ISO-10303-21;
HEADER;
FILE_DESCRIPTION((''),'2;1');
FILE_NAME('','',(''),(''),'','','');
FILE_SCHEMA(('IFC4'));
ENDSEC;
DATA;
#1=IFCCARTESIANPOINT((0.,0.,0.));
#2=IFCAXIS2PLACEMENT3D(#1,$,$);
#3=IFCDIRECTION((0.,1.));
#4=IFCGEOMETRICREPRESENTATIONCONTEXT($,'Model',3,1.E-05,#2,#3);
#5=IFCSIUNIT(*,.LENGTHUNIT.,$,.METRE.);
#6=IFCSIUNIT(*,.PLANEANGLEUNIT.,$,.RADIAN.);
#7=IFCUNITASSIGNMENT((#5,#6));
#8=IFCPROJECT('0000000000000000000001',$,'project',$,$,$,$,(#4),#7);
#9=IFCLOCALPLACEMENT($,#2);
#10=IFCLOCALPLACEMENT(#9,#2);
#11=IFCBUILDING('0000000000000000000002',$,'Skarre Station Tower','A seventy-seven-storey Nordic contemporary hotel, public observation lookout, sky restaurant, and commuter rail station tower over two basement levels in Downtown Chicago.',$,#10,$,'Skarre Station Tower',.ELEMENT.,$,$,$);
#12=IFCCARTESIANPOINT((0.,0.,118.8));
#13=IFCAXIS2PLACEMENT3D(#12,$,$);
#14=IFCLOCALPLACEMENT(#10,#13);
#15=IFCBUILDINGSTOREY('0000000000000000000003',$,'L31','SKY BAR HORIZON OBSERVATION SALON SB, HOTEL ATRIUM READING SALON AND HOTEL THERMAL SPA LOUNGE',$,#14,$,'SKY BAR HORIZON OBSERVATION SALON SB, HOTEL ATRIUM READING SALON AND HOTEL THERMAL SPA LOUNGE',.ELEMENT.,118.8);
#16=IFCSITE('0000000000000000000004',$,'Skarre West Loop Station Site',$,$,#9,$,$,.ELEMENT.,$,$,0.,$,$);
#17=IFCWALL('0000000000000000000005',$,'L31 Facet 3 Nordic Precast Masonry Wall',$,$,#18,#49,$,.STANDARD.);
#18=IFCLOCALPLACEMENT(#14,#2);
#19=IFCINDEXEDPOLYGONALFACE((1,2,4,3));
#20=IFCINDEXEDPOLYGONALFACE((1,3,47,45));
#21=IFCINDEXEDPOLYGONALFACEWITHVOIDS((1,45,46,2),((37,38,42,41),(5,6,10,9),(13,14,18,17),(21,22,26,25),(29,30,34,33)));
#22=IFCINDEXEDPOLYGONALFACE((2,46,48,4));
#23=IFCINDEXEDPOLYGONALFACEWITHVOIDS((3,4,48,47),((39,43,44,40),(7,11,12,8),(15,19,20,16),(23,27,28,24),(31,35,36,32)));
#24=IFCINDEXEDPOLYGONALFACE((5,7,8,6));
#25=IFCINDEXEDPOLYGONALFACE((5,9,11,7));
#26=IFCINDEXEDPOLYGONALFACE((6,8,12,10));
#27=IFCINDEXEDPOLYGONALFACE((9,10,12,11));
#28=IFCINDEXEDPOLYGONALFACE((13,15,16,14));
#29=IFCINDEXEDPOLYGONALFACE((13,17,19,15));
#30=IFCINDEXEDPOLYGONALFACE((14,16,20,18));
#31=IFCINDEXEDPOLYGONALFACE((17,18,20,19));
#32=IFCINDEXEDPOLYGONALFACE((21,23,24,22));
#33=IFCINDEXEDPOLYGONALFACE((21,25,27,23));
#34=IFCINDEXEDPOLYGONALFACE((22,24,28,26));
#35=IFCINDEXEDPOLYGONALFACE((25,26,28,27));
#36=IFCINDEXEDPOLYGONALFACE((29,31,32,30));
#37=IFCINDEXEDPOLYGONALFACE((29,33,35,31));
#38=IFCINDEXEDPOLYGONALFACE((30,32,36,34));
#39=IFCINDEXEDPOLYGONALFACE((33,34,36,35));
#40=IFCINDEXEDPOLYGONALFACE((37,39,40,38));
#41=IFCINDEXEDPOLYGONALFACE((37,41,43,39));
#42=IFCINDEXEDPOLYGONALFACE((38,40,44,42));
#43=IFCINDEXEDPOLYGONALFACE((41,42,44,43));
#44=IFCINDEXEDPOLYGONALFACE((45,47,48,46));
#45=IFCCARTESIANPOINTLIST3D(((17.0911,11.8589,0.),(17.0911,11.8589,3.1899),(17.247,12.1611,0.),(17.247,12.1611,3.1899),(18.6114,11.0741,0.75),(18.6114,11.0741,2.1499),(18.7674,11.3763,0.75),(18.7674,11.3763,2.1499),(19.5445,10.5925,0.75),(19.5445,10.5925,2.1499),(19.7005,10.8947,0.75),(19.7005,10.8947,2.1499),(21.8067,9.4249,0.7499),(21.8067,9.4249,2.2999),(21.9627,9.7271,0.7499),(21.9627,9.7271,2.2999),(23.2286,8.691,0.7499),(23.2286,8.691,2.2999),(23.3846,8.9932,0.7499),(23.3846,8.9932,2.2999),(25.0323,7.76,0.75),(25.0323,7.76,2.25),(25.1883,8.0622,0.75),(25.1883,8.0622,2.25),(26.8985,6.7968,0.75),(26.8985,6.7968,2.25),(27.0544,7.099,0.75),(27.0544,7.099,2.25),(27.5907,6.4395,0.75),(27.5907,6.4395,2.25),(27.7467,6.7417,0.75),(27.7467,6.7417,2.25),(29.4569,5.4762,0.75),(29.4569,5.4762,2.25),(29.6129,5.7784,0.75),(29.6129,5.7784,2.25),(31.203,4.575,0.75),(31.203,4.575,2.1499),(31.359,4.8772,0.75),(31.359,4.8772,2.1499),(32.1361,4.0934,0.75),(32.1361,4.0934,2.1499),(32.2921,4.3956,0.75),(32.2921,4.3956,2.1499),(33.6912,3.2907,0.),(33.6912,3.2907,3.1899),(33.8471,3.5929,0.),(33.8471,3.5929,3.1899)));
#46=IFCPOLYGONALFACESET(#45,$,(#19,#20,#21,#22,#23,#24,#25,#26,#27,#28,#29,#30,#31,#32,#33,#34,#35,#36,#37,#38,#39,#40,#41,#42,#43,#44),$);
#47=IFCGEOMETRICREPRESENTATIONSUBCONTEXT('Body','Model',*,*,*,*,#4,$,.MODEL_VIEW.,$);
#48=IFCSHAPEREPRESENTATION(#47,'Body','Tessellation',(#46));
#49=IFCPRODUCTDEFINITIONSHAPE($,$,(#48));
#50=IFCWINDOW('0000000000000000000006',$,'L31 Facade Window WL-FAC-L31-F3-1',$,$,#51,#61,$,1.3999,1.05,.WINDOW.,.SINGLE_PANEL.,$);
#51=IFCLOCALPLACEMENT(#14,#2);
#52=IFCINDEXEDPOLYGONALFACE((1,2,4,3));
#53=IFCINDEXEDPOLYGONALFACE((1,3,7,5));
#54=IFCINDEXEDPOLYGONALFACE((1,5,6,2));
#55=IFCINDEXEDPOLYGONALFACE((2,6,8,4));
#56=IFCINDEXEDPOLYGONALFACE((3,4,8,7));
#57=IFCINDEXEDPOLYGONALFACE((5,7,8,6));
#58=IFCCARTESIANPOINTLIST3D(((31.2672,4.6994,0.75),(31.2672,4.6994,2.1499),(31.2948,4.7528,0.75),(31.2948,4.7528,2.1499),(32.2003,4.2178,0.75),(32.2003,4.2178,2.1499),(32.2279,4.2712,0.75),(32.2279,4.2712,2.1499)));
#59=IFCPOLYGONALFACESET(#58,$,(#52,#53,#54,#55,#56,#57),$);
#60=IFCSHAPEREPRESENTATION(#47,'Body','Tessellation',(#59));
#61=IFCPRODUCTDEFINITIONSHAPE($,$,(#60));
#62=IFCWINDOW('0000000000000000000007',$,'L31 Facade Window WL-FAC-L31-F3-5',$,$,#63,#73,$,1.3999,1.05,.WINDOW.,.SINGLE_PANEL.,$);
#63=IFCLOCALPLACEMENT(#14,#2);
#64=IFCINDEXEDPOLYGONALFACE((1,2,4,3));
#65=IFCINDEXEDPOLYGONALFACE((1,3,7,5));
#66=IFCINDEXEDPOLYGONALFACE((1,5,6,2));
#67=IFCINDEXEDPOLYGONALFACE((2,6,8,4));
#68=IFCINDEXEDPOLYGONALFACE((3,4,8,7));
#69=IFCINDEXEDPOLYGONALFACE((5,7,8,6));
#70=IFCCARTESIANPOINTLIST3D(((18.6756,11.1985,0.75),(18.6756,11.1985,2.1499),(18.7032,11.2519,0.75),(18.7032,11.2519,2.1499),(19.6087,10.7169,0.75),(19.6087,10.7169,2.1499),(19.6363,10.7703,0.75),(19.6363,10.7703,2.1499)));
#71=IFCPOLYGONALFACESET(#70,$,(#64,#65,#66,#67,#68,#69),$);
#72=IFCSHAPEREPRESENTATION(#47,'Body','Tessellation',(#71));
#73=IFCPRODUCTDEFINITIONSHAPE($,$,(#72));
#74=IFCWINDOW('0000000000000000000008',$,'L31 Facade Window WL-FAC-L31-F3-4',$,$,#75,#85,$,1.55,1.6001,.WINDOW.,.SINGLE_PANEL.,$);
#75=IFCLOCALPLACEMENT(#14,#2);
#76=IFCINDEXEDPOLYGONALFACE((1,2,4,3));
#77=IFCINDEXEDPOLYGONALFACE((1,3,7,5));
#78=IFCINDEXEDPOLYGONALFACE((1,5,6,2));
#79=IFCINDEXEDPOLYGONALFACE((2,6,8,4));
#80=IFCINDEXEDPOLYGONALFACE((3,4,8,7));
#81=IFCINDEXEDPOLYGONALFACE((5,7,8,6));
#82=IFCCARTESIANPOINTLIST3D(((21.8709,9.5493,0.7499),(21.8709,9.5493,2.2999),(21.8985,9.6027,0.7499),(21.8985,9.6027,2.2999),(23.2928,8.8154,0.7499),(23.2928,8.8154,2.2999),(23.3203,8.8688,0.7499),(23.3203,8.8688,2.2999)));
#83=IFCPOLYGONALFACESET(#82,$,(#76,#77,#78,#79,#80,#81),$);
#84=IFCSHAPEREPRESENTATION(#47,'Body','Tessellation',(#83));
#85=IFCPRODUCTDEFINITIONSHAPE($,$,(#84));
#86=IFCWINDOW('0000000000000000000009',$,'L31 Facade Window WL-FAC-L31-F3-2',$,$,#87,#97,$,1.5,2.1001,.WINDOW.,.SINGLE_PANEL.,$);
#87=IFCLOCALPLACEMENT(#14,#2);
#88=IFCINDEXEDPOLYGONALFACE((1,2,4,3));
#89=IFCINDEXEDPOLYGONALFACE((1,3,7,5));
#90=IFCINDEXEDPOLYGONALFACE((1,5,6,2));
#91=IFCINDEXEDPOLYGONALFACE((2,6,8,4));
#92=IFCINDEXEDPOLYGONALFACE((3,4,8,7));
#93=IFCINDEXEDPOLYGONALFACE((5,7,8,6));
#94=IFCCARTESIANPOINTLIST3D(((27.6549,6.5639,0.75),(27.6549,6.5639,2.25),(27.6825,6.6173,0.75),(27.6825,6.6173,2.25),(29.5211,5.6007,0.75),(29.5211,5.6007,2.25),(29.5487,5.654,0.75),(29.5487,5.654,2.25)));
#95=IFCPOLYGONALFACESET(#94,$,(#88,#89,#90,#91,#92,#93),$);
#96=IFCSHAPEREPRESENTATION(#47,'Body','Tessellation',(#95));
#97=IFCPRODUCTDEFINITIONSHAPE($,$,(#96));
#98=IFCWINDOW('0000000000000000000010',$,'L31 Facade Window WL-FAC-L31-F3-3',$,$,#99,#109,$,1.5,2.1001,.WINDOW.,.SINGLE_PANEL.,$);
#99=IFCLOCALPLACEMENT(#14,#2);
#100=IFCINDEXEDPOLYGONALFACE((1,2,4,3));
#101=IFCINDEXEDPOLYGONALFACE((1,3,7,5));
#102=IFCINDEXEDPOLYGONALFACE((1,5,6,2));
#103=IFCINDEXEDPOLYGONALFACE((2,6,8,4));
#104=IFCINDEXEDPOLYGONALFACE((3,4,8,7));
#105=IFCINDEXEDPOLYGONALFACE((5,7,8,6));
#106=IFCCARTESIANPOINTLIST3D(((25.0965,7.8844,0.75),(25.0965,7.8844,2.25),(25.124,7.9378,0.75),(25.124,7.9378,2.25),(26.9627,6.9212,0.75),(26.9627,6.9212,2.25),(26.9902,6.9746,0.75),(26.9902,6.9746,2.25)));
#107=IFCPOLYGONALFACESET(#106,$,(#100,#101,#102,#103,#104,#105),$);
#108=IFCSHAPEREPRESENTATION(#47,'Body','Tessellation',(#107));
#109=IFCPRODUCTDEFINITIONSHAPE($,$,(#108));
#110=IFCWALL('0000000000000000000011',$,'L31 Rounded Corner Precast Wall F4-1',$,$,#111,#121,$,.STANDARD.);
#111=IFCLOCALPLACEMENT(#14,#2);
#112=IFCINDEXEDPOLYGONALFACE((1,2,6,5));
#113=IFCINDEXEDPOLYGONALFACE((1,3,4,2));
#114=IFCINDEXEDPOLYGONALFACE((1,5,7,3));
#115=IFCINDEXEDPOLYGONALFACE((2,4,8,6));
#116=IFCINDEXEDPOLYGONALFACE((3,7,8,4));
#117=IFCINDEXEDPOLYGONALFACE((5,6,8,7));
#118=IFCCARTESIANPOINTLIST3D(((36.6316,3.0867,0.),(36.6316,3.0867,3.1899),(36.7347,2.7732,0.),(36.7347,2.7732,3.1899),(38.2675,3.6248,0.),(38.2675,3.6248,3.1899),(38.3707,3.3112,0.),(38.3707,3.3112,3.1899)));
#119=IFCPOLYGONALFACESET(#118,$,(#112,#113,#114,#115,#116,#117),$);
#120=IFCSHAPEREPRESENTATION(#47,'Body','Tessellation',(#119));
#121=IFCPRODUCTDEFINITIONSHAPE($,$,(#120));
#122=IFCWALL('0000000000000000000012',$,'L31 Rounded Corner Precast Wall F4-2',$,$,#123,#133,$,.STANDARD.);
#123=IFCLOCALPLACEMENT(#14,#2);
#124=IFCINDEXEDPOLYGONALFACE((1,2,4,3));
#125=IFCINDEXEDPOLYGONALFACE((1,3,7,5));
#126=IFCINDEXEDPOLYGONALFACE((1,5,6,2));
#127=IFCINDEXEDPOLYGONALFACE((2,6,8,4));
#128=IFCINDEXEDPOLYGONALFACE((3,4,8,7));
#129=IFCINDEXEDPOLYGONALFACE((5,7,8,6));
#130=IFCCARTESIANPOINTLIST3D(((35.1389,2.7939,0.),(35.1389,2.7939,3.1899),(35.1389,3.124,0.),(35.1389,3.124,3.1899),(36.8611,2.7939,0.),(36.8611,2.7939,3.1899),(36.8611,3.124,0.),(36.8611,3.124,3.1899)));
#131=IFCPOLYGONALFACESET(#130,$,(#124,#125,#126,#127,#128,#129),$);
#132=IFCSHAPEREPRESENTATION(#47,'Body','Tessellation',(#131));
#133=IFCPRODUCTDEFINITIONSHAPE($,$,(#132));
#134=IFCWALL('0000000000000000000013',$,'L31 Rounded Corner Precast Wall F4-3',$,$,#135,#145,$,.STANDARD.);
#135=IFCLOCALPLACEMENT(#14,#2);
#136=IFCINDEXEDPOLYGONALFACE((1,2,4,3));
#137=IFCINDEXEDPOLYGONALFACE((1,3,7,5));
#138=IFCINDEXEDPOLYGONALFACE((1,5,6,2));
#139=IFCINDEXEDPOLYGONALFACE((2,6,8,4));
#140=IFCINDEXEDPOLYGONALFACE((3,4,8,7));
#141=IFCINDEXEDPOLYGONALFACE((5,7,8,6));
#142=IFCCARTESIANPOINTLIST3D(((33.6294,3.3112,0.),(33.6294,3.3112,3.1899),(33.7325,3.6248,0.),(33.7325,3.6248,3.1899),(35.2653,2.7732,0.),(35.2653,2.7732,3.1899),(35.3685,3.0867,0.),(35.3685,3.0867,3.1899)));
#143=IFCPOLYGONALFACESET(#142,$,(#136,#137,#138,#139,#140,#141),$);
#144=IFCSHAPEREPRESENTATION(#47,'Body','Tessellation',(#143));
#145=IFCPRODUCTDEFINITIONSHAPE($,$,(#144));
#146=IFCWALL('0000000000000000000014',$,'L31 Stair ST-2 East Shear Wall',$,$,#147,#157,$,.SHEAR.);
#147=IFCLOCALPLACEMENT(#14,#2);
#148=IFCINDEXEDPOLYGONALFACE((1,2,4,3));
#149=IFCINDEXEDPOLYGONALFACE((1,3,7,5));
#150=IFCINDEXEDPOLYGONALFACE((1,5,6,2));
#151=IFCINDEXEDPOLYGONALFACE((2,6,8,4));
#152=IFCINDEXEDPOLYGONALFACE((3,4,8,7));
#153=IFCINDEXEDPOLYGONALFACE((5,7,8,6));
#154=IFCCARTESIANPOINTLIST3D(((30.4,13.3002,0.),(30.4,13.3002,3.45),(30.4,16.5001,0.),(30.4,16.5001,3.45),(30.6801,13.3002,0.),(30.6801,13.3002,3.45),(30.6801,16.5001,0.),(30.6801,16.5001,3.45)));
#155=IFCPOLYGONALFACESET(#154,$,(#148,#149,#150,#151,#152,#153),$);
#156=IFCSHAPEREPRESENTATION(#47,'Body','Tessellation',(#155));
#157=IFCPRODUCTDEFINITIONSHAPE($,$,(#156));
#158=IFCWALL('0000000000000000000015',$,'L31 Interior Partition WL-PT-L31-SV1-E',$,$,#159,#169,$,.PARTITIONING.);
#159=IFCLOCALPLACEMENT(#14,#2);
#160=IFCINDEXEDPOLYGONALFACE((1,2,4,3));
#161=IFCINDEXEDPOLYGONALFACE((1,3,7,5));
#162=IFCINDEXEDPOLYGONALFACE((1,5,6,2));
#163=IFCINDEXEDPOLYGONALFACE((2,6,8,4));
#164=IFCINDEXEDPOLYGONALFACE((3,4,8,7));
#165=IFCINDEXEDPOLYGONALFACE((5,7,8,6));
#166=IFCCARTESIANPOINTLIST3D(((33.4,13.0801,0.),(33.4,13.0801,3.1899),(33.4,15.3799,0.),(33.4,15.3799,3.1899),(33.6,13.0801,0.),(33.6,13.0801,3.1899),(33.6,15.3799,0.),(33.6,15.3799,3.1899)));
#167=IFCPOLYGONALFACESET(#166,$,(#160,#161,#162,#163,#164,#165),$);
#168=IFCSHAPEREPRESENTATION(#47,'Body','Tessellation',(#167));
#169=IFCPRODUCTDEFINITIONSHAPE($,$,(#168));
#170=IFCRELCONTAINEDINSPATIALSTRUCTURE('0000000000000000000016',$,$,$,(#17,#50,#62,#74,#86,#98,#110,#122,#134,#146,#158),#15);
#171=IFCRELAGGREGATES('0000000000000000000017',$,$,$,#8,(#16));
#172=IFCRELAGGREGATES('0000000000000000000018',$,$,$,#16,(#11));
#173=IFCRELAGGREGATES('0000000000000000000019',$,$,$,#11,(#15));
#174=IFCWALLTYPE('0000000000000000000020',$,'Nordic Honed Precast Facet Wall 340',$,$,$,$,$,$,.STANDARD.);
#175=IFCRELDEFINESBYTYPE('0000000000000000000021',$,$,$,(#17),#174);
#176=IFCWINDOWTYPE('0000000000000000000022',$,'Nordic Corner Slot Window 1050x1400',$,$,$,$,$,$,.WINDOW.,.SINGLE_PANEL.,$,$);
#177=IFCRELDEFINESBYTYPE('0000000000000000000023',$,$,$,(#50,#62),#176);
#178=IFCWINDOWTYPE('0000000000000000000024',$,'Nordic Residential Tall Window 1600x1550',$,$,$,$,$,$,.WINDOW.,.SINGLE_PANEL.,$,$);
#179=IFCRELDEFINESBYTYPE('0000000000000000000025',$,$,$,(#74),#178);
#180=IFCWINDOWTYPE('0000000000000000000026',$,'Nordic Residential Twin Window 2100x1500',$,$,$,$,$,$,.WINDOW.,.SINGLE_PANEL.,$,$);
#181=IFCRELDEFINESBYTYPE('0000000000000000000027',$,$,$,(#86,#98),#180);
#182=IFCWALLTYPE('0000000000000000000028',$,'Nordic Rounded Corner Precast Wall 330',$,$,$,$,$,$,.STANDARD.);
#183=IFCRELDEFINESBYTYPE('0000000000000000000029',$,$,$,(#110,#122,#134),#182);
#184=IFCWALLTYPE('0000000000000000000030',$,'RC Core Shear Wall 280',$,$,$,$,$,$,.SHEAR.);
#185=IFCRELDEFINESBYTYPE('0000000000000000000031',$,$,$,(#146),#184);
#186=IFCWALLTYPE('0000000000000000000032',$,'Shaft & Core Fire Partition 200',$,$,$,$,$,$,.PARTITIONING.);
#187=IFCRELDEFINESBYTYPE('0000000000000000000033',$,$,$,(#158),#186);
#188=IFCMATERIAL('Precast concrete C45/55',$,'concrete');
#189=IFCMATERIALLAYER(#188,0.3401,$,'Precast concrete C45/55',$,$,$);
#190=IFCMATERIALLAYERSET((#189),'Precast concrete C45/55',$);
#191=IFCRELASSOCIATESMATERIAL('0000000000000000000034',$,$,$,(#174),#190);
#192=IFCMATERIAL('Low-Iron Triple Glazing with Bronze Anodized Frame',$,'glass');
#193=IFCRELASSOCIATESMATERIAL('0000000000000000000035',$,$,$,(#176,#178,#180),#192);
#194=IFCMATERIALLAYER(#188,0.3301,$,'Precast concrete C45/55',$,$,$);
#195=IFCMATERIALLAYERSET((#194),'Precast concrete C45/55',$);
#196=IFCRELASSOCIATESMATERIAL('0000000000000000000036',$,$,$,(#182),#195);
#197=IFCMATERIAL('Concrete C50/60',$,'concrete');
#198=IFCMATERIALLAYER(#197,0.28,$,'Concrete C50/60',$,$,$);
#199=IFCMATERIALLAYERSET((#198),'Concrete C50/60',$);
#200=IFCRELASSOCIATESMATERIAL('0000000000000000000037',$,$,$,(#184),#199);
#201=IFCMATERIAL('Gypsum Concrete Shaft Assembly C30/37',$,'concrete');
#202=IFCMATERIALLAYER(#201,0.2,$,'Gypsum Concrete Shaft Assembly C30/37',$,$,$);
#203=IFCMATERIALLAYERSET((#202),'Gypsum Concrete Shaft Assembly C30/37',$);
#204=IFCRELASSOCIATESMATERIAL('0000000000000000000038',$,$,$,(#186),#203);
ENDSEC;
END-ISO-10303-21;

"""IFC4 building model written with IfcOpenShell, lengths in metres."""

from ifc_helpers import new_model, si_unit, direction, frame, frame_2d, origin, place, context, subcontext, project, spatial, rectangle, extrude, material, layer, layer_set, type_object, element, fill, save


model = new_model("IFC4")

# Units and contexts
model_context = context("Model", 3, precision=1e-05, world=origin(), true_north=direction((0.0, 1.0)))
body_context = subcontext(model_context, "Body", "Model", "MODEL_VIEW")
ifc_project = project(units=[si_unit("LENGTHUNIT", "METRE"), si_unit("PLANEANGLEUNIT", "RADIAN")], contexts=[model_context])

# Site, building, storey
site_placement = place(None, origin())
site = spatial("IfcSite", under=ifc_project, at=site_placement, Name="Skarre West Loop Station Site", CompositionType="ELEMENT", RefElevation=0.0)
building_placement = place(site_placement, origin())
building = spatial("IfcBuilding", under=site, at=building_placement, Name="Skarre Station Tower", Description="A seventy-seven-storey Nordic contemporary hotel, public observation lookout, sky restaurant, and commuter rail station tower over two basement levels in Downtown Chicago.", LongName="Skarre Station Tower", CompositionType="ELEMENT")
storey_placement = place(building_placement, frame((0.0, 0.0, 118.8)))
storey = spatial("IfcBuildingStorey", under=building, at=storey_placement, Name="L31", Description="SKY BAR HORIZON OBSERVATION SALON SB, HOTEL ATRIUM READING SALON AND HOTEL THERMAL SPA LOUNGE", LongName="SKY BAR HORIZON OBSERVATION SALON SB, HOTEL ATRIUM READING SALON AND HOTEL THERMAL SPA LOUNGE", CompositionType="ELEMENT", Elevation=118.8)

# Wall, openings, windows
ifc_material_1 = material(Name="Precast concrete C45/55", Category="concrete")
ifc_layer_1 = layer(ifc_material_1, 0.3401, Name="Precast concrete C45/55")
ifc_layer_set_1 = layer_set([ifc_layer_1], Name="Precast concrete C45/55")
wall_type_1 = type_object("IfcWallType", Name="Nordic Honed Precast Facet Wall 340", PredefinedType="STANDARD", material=ifc_layer_set_1)
wall_1_placement = place(storey_placement, frame((33.769, 3.4419, 0.0), z_axis=(0.0, 0.0, 1.0), x_axis=(-0.888614, 0.458657, 0.0)))
wall_1 = element("IfcWall", 1, at=wall_1_placement, inside=storey, type_object=wall_type_1, Name="L31 Facet 3 Nordic Precast Masonry Wall", PredefinedType="STANDARD", context=body_context, shape_type="SweptSolid", body=[
    extrude(rectangle(XDim=18.6809, YDim=0.3401, at=frame_2d((9.3403, 0.0))), origin(), (0.0, 0.0, 1.0), 3.1899),
])
opening_1_placement = place(wall_1_placement, frame((1.75, 0.0, 0.75)))
opening_1 = element("IfcOpeningElement", 2, at=opening_1_placement, cuts=wall_1, PredefinedType="OPENING", context=body_context, shape_type="SweptSolid", body=[
    extrude(rectangle(XDim=1.05, YDim=1.3999, at=frame_2d((0.5249, 0.7))), frame((0.0, 0.1799, 0.0), z_axis=(0.0, -1.0, 0.0), x_axis=(1.0, 0.0, 0.0)), (0.0, 0.0, 1.0), 0.3601),
])
opening_2_placement = place(wall_1_placement, frame((4.7649, 0.0, 0.75)))
opening_2 = element("IfcOpeningElement", 3, at=opening_2_placement, cuts=wall_1, PredefinedType="OPENING", context=body_context, shape_type="SweptSolid", body=[
    extrude(rectangle(XDim=2.1001, YDim=1.5, at=frame_2d((1.05, 0.75))), frame((0.0, 0.1799, 0.0), z_axis=(0.0, -1.0, 0.0), x_axis=(1.0, 0.0, 0.0)), (0.0, 0.0, 1.0), 0.3601),
])
opening_3_placement = place(wall_1_placement, frame((7.644, 0.0, 0.75)))
opening_3 = element("IfcOpeningElement", 4, at=opening_3_placement, cuts=wall_1, PredefinedType="OPENING", context=body_context, shape_type="SweptSolid", body=[
    extrude(rectangle(XDim=2.1001, YDim=1.5, at=frame_2d((1.05, 0.75))), frame((0.0, 0.1799, 0.0), z_axis=(0.0, -1.0, 0.0), x_axis=(1.0, 0.0, 0.0)), (0.0, 0.0, 1.0), 0.3601),
])
opening_4_placement = place(wall_1_placement, frame((11.7739, 0.0, 0.75)))
opening_4 = element("IfcOpeningElement", 5, at=opening_4_placement, cuts=wall_1, PredefinedType="OPENING", context=body_context, shape_type="SweptSolid", body=[
    extrude(rectangle(XDim=1.6001, YDim=1.55, at=frame_2d((0.8, 0.7749))), frame((0.0, 0.1799, 0.0), z_axis=(0.0, -1.0, 0.0), x_axis=(1.0, 0.0, 0.0)), (0.0, 0.0, 1.0), 0.3601),
])
opening_5_placement = place(wall_1_placement, frame((15.9199, 0.0, 0.75)))
opening_5 = element("IfcOpeningElement", 6, at=opening_5_placement, cuts=wall_1, PredefinedType="OPENING", context=body_context, shape_type="SweptSolid", body=[
    extrude(rectangle(XDim=1.05, YDim=1.3999, at=frame_2d((0.5249, 0.7))), frame((0.0, 0.1799, 0.0), z_axis=(0.0, -1.0, 0.0), x_axis=(1.0, 0.0, 0.0)), (0.0, 0.0, 1.0), 0.3601),
])
ifc_material_2 = material(Name="Low-Iron Triple Glazing with Bronze Anodized Frame", Category="glass")
window_type_1 = type_object("IfcWindowType", Name="Nordic Corner Slot Window 1050x1400", PartitioningType="SINGLE_PANEL", PredefinedType="WINDOW", material=ifc_material_2)
window_1_placement = place(opening_1_placement, origin())
window_1 = element("IfcWindow", 7, at=window_1_placement, inside=storey, type_object=window_type_1, Name="L31 Facade Window WL-FAC-L31-F3-1", OverallHeight=1.3999, OverallWidth=1.05, PartitioningType="SINGLE_PANEL", PredefinedType="WINDOW", context=body_context, shape_type="SweptSolid", body=[
    extrude(rectangle(XDim=1.05, YDim=1.3999, at=frame_2d((0.5249, 0.7))), frame((0.0, 0.03, 0.0), z_axis=(0.0, -1.0, 0.0), x_axis=(1.0, 0.0, 0.0)), (0.0, 0.0, 1.0), 0.0601),
])
fill(opening_1, window_1)
window_2_placement = place(opening_5_placement, origin())
window_2 = element("IfcWindow", 8, at=window_2_placement, inside=storey, type_object=window_type_1, Name="L31 Facade Window WL-FAC-L31-F3-5", OverallHeight=1.3999, OverallWidth=1.05, PartitioningType="SINGLE_PANEL", PredefinedType="WINDOW", context=body_context, shape_type="SweptSolid", body=[
    extrude(rectangle(XDim=1.05, YDim=1.3999, at=frame_2d((0.5249, 0.7))), frame((0.0, 0.03, 0.0), z_axis=(0.0, -1.0, 0.0), x_axis=(1.0, 0.0, 0.0)), (0.0, 0.0, 1.0), 0.0601),
])
fill(opening_5, window_2)
window_type_2 = type_object("IfcWindowType", Name="Nordic Residential Tall Window 1600x1550", PartitioningType="SINGLE_PANEL", PredefinedType="WINDOW", material=ifc_material_2)
window_3_placement = place(opening_4_placement, origin())
window_3 = element("IfcWindow", 9, at=window_3_placement, inside=storey, type_object=window_type_2, Name="L31 Facade Window WL-FAC-L31-F3-4", OverallHeight=1.55, OverallWidth=1.6001, PartitioningType="SINGLE_PANEL", PredefinedType="WINDOW", context=body_context, shape_type="SweptSolid", body=[
    extrude(rectangle(XDim=1.6001, YDim=1.55, at=frame_2d((0.8, 0.7749))), frame((0.0, 0.03, 0.0), z_axis=(0.0, -1.0, 0.0), x_axis=(1.0, 0.0, 0.0)), (0.0, 0.0, 1.0), 0.0601),
])
fill(opening_4, window_3)
window_type_3 = type_object("IfcWindowType", Name="Nordic Residential Twin Window 2100x1500", PartitioningType="SINGLE_PANEL", PredefinedType="WINDOW", material=ifc_material_2)
window_4_placement = place(opening_2_placement, origin())
window_4 = element("IfcWindow", 10, at=window_4_placement, inside=storey, type_object=window_type_3, Name="L31 Facade Window WL-FAC-L31-F3-2", OverallHeight=1.5, OverallWidth=2.1001, PartitioningType="SINGLE_PANEL", PredefinedType="WINDOW", context=body_context, shape_type="SweptSolid", body=[
    extrude(rectangle(XDim=2.1001, YDim=1.5, at=frame_2d((1.05, 0.75))), frame((0.0, 0.03, 0.0), z_axis=(0.0, -1.0, 0.0), x_axis=(1.0, 0.0, 0.0)), (0.0, 0.0, 1.0), 0.0601),
])
fill(opening_2, window_4)
window_5_placement = place(opening_3_placement, origin())
window_5 = element("IfcWindow", 11, at=window_5_placement, inside=storey, type_object=window_type_3, Name="L31 Facade Window WL-FAC-L31-F3-3", OverallHeight=1.5, OverallWidth=2.1001, PartitioningType="SINGLE_PANEL", PredefinedType="WINDOW", context=body_context, shape_type="SweptSolid", body=[
    extrude(rectangle(XDim=2.1001, YDim=1.5, at=frame_2d((1.05, 0.75))), frame((0.0, 0.03, 0.0), z_axis=(0.0, -1.0, 0.0), x_axis=(1.0, 0.0, 0.0)), (0.0, 0.0, 1.0), 0.0601),
])
fill(opening_3, window_5)

# Walls
ifc_layer_2 = layer(ifc_material_1, 0.3301, Name="Precast concrete C45/55")
ifc_layer_set_2 = layer_set([ifc_layer_2], Name="Precast concrete C45/55")
wall_type_2 = type_object("IfcWallType", Name="Nordic Rounded Corner Precast Wall 330", PredefinedType="STANDARD", material=ifc_layer_set_2)
for number, where, z_axis, x_axis, name in (
    (12, (38.3191, 3.468, 0.0), (0.0, 0.0, 1.0), (-0.949937, -0.31244, 0.0), "L31 Rounded Corner Precast Wall F4-1"),
    (13, (36.8611, 2.959, 0.0), (0.0, 0.0, 1.0), (-1.0, 0.0, 0.0), "L31 Rounded Corner Precast Wall F4-2"),
    (14, (35.3169, 2.9299, 0.0), (0.0, 0.0, 1.0), (-0.949937, 0.31244, 0.0), "L31 Rounded Corner Precast Wall F4-3"),
):
    element("IfcWall", number, at=place(storey_placement, frame(where, z_axis=z_axis, x_axis=x_axis)), inside=storey, type_object=wall_type_2, Name=name, PredefinedType="STANDARD", context=body_context, shape_type="SweptSolid", body=[
        extrude(rectangle(XDim=1.7222, YDim=0.3301, at=frame_2d((0.8611, 0.0))), origin(), (0.0, 0.0, 1.0), 3.1899),
    ])
ifc_material_3 = material(Name="Concrete C50/60", Category="concrete")
ifc_layer_3 = layer(ifc_material_3, 0.28, Name="Concrete C50/60")
ifc_layer_set_3 = layer_set([ifc_layer_3], Name="Concrete C50/60")
wall_type_3 = type_object("IfcWallType", Name="RC Core Shear Wall 280", PredefinedType="SHEAR", material=ifc_layer_set_3)
wall_2_placement = place(storey_placement, frame((30.54, 13.3, 0.0), z_axis=(0.0, 0.0, 1.0), x_axis=(0.0, 1.0, 0.0)))
element("IfcWall", 15, at=wall_2_placement, inside=storey, type_object=wall_type_3, Name="L31 Stair ST-2 East Shear Wall", PredefinedType="SHEAR", context=body_context, shape_type="SweptSolid", body=[
    extrude(rectangle(XDim=3.2, YDim=0.28, at=frame_2d((1.6001, 0.0))), origin(), (0.0, 0.0, 1.0), 3.45),
])
ifc_material_4 = material(Name="Gypsum Concrete Shaft Assembly C30/37", Category="concrete")
ifc_layer_4 = layer(ifc_material_4, 0.2, Name="Gypsum Concrete Shaft Assembly C30/37")
ifc_layer_set_4 = layer_set([ifc_layer_4], Name="Gypsum Concrete Shaft Assembly C30/37")
wall_type_4 = type_object("IfcWallType", Name="Shaft & Core Fire Partition 200", PredefinedType="PARTITIONING", material=ifc_layer_set_4)
wall_3_placement = place(storey_placement, frame((33.5, 13.0801, 0.0), z_axis=(0.0, 0.0, 1.0), x_axis=(0.0, 1.0, 0.0)))
element("IfcWall", 16, at=wall_3_placement, inside=storey, type_object=wall_type_4, Name="L31 Interior Partition WL-PT-L31-SV1-E", PredefinedType="PARTITIONING", context=body_context, shape_type="SweptSolid", body=[
    extrude(rectangle(XDim=2.2998, YDim=0.2, at=frame_2d((1.1499, 0.0))), origin(), (0.0, 0.0, 1.0), 3.1899),
])

save(model, "model.ifc")
